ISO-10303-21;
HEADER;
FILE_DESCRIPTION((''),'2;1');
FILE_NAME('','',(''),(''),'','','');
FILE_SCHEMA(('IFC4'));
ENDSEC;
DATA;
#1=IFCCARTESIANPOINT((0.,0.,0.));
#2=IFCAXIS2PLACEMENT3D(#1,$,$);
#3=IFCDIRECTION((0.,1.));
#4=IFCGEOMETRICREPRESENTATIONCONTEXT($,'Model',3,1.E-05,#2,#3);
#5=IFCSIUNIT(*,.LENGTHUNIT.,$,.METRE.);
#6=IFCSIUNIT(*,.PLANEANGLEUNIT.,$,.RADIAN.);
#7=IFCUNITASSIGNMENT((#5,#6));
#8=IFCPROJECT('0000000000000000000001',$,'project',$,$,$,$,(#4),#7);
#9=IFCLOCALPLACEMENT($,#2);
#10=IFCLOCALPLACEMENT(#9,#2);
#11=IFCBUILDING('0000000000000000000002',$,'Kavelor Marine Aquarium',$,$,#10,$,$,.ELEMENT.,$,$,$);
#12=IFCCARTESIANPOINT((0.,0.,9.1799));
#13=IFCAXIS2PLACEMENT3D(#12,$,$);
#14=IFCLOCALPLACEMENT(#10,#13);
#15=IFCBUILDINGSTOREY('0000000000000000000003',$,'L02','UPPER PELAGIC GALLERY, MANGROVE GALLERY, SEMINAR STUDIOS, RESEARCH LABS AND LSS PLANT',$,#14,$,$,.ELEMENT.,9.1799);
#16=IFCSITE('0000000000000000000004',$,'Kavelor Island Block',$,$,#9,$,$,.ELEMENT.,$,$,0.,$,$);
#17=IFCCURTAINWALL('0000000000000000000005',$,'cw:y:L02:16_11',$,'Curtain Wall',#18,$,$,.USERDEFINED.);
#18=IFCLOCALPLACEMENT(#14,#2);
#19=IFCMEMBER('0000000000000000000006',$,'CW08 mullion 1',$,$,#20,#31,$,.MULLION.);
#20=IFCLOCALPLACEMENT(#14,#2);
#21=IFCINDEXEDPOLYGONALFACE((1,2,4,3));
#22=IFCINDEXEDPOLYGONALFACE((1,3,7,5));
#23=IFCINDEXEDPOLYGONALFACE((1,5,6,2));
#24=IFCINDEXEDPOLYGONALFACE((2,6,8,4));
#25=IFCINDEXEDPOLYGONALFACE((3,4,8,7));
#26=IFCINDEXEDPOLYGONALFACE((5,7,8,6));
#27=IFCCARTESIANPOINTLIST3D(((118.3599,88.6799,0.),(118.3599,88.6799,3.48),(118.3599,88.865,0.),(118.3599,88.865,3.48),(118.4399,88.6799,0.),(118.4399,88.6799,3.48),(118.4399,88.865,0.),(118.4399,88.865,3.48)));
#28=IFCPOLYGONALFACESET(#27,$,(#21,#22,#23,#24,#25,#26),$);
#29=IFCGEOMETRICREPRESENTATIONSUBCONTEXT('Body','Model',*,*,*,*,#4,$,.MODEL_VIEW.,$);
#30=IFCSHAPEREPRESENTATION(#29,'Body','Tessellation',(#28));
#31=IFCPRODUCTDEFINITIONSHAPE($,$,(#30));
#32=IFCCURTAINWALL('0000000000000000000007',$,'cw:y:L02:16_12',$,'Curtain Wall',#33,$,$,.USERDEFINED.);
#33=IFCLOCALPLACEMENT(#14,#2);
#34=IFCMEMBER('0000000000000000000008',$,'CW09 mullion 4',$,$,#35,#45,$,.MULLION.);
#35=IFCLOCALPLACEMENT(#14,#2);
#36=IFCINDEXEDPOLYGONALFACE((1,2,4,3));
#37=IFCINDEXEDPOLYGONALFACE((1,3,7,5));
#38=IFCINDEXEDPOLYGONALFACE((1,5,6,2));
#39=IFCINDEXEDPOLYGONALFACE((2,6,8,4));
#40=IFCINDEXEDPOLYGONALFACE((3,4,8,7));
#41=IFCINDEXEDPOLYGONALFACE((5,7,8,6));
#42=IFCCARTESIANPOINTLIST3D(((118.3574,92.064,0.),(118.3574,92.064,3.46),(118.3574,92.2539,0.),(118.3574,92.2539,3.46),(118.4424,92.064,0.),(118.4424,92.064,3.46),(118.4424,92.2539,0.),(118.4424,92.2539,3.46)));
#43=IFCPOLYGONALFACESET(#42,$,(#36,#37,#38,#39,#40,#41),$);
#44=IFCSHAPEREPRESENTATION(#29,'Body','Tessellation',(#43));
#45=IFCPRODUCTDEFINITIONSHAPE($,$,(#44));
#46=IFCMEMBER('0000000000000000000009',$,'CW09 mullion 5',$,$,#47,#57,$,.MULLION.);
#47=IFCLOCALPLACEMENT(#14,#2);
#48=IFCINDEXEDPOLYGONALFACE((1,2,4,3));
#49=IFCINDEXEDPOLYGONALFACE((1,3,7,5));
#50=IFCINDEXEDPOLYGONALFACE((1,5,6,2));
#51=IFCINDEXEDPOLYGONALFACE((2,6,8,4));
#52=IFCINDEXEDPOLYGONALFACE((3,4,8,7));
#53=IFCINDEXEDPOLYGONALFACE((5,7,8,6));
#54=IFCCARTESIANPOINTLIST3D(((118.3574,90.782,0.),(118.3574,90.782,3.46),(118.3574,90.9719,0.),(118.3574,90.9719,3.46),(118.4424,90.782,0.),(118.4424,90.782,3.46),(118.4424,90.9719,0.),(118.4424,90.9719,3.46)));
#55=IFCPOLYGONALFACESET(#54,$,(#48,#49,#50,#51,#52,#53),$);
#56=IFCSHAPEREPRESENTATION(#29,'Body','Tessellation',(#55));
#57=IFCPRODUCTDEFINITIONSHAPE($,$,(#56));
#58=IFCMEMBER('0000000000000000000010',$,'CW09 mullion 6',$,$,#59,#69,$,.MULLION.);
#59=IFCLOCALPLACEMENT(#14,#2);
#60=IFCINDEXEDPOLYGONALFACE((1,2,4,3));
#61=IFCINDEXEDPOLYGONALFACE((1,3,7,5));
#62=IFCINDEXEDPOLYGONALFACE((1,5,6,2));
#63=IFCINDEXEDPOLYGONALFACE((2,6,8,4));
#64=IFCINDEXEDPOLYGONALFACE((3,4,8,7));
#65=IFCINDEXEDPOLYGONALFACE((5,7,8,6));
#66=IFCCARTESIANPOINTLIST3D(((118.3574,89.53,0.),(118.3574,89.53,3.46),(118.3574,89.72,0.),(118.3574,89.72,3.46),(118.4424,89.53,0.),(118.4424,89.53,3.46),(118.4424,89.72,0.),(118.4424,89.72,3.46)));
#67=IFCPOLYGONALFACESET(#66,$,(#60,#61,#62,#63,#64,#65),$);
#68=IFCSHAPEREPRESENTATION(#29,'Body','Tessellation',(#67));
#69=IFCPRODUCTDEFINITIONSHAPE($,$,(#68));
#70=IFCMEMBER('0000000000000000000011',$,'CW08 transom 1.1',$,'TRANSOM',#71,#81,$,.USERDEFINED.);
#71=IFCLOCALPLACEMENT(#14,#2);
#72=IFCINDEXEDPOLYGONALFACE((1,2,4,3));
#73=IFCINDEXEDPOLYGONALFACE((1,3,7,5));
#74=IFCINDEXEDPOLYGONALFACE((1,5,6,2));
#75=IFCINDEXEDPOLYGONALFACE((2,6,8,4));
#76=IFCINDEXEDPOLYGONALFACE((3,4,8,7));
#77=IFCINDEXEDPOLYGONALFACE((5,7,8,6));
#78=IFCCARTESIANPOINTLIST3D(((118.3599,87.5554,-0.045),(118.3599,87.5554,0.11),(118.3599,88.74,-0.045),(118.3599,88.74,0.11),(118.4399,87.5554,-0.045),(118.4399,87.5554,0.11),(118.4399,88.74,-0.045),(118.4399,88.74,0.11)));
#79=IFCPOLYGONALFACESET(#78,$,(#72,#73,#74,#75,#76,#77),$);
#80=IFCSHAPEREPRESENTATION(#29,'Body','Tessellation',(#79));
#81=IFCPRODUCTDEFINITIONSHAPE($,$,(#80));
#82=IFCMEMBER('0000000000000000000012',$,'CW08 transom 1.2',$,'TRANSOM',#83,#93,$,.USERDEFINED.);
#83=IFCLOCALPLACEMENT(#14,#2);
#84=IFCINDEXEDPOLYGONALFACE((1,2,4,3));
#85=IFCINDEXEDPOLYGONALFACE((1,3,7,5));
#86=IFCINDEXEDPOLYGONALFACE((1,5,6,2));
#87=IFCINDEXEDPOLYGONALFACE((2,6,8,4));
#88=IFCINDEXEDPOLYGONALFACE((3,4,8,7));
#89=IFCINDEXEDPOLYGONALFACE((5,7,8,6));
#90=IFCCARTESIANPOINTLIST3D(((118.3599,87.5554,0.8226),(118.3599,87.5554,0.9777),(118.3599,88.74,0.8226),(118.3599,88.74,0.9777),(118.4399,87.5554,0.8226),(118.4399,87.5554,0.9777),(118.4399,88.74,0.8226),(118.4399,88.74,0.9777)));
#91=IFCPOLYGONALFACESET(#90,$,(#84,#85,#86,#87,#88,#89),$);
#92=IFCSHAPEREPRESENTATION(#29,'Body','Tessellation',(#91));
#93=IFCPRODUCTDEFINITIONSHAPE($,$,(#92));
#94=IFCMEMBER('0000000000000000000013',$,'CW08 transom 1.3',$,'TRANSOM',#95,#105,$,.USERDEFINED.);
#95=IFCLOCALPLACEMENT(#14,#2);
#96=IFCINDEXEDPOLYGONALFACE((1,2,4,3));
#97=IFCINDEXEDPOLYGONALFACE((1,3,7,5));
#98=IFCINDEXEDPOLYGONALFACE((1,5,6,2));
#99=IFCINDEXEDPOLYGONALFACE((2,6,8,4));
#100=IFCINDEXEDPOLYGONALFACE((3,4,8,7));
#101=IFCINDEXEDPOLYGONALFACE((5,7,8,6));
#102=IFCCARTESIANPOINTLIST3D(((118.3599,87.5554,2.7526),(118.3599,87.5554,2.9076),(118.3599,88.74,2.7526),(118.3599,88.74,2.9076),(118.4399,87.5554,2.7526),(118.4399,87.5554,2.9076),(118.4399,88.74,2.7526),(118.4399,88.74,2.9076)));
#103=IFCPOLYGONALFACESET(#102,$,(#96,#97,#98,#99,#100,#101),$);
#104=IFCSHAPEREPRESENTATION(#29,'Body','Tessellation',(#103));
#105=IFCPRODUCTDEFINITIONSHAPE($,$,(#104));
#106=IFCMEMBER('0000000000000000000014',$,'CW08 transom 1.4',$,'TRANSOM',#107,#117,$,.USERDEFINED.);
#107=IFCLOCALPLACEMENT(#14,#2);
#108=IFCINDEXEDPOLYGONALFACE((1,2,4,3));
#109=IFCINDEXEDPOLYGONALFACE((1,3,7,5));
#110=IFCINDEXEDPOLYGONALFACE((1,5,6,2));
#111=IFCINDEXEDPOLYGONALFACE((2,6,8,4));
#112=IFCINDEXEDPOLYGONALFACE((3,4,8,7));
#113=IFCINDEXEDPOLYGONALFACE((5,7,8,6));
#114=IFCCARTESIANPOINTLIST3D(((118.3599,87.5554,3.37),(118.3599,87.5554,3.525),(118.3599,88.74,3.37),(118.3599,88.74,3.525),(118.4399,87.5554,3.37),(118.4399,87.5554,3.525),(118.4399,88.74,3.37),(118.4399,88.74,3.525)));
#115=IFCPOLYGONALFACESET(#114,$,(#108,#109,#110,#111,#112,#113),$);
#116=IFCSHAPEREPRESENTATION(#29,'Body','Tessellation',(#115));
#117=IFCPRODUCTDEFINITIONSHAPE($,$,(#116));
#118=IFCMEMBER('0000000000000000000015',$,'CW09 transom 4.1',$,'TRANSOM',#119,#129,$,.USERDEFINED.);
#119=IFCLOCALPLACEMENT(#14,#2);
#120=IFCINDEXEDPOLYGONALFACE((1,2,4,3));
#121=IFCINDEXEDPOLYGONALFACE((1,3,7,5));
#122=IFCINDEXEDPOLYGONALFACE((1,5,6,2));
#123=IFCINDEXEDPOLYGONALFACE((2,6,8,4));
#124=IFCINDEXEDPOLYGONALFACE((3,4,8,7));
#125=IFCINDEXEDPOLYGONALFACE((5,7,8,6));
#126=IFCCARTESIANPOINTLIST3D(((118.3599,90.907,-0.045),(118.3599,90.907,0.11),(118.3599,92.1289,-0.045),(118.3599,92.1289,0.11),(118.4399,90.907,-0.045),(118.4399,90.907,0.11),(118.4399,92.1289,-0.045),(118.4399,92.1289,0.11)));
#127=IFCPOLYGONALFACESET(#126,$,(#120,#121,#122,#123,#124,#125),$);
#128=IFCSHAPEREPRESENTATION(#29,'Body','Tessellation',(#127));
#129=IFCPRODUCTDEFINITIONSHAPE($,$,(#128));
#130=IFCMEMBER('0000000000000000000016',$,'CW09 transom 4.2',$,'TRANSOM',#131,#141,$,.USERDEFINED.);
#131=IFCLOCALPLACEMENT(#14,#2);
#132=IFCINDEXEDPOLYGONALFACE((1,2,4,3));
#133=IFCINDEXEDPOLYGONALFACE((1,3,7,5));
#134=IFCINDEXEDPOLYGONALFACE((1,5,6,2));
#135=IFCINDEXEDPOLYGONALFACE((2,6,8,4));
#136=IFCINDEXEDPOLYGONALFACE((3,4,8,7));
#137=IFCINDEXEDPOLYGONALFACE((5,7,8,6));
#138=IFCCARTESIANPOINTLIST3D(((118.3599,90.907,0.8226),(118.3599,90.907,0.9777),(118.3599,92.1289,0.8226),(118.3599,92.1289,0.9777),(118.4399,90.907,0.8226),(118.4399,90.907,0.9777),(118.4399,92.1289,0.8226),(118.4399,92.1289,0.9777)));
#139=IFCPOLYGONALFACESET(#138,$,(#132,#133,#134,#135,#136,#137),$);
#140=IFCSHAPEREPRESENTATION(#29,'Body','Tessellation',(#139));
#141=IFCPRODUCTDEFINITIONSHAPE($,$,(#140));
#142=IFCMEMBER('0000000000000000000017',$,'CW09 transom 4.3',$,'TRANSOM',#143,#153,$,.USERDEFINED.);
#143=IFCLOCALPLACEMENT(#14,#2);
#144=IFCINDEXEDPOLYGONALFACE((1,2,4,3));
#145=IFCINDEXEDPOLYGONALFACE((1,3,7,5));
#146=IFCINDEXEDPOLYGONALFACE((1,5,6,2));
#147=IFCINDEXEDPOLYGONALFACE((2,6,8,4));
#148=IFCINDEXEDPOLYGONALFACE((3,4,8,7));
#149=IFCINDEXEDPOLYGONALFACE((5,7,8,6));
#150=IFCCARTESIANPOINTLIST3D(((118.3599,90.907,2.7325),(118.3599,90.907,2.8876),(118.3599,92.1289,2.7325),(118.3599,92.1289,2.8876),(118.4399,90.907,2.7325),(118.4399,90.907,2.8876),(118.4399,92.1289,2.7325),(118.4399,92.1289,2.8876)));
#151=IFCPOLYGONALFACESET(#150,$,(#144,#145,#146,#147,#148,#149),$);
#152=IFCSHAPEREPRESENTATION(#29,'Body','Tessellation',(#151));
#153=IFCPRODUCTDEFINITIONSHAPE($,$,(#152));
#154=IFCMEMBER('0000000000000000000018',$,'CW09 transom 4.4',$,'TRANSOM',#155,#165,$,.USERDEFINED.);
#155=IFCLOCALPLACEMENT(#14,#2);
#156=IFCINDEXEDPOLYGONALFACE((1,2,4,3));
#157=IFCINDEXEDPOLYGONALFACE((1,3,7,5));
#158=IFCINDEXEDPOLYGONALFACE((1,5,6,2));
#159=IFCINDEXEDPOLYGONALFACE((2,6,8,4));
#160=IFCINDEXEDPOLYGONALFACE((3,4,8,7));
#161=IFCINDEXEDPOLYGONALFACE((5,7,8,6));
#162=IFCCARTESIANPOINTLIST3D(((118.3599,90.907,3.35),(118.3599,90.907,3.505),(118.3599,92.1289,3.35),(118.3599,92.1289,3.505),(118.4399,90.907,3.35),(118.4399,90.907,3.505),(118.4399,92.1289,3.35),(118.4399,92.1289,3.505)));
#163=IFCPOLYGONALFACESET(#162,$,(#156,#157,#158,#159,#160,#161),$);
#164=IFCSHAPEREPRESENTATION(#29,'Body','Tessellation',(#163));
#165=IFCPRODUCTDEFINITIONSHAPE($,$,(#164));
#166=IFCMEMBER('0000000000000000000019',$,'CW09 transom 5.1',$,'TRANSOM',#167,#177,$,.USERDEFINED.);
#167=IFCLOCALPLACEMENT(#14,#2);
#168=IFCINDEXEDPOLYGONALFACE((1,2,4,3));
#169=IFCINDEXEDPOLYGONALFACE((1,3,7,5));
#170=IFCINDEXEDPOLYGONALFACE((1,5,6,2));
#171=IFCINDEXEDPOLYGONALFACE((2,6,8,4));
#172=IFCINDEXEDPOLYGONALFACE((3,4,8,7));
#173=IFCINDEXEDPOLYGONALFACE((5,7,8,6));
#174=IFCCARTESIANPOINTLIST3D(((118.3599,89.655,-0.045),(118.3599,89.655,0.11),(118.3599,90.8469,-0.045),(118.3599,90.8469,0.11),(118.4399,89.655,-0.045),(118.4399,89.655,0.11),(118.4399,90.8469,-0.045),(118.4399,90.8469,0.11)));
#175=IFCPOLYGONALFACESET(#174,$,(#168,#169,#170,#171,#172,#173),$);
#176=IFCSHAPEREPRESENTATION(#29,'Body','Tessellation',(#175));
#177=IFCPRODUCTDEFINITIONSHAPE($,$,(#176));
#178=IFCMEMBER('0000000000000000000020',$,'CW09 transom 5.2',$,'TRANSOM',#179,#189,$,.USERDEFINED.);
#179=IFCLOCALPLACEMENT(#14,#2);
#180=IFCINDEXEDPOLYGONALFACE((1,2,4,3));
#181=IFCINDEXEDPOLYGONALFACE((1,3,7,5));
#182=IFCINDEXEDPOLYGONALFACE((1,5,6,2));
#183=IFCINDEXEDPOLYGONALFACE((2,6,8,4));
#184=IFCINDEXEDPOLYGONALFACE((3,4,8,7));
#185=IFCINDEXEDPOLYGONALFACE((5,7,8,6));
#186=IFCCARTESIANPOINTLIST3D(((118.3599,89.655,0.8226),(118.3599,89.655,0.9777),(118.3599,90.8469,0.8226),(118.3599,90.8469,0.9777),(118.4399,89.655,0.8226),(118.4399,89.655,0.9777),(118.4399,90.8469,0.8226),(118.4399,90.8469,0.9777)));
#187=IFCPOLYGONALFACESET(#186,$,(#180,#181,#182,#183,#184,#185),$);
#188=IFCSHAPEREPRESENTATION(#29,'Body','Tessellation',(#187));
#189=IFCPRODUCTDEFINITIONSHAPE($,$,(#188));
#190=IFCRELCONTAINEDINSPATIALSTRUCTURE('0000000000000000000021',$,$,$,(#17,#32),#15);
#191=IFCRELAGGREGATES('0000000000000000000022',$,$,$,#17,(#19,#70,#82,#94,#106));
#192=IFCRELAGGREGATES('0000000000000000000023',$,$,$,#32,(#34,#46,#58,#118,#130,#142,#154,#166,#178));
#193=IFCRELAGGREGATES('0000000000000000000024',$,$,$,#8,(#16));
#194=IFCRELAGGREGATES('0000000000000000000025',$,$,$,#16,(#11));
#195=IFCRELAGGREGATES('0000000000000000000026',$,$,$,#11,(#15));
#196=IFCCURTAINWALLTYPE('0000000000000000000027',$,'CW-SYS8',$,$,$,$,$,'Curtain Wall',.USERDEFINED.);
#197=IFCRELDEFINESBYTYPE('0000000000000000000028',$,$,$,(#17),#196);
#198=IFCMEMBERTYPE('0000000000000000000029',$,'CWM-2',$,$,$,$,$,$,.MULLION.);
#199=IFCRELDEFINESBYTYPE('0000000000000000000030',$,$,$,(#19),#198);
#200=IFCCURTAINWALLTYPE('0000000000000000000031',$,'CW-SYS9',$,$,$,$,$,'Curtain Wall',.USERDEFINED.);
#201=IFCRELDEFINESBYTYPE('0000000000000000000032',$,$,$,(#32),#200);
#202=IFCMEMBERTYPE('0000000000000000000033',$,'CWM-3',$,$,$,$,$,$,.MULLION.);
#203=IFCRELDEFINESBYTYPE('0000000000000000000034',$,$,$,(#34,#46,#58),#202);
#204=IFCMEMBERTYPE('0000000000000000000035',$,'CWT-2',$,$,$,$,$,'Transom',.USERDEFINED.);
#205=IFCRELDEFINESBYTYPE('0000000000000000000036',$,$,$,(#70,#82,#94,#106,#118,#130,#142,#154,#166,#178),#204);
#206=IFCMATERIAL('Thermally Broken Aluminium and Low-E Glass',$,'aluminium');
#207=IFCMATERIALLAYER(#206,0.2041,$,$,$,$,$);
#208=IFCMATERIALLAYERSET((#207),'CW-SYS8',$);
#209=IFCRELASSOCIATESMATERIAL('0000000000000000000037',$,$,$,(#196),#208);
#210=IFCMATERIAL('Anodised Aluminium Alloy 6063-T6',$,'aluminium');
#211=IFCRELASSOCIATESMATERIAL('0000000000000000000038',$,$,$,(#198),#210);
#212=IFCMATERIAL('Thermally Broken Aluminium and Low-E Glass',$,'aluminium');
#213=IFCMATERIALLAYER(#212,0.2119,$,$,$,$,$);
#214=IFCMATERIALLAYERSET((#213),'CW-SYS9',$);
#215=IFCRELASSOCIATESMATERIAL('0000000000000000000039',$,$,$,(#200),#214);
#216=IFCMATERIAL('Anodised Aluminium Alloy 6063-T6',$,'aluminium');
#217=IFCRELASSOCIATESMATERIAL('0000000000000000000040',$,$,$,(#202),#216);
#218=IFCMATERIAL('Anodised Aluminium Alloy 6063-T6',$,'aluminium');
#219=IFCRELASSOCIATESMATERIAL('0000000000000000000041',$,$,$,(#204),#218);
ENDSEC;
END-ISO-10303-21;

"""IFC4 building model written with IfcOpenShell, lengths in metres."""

from ifc_helpers import new_model, si_unit, direction, frame, origin, origin_2d, place, context, subcontext, project, spatial, rectangle, extrude, material, layer, layer_set, material_profile, profile_set, type_object, element, aggregate, save


model = new_model("IFC4")

# Units and contexts
model_context = context("Model", 3, precision=1e-05, world=origin(), true_north=direction((0.0, 1.0)))
body_context = subcontext(model_context, "Body", "Model", "MODEL_VIEW")
ifc_project = project(units=[si_unit("LENGTHUNIT", "METRE"), si_unit("PLANEANGLEUNIT", "RADIAN")], contexts=[model_context])

# Site, building, storey
site_placement = place(None, origin())
site = spatial("IfcSite", under=ifc_project, at=site_placement, Name="Kavelor Island Block", CompositionType="ELEMENT", RefElevation=0.0)
building_placement = place(site_placement, origin())
building = spatial("IfcBuilding", under=site, at=building_placement, Name="Kavelor Marine Aquarium", CompositionType="ELEMENT")
storey_placement = place(building_placement, frame((0.0, 0.0, 9.1799)))
storey = spatial("IfcBuildingStorey", under=building, at=storey_placement, Name="L02", Description="UPPER PELAGIC GALLERY, MANGROVE GALLERY, SEMINAR STUDIOS, RESEARCH LABS AND LSS PLANT", CompositionType="ELEMENT", Elevation=9.1799)

# Curtain wall, member
ifc_material_1 = material(Name="Thermally Broken Aluminium and Low-E Glass", Category="aluminium")
ifc_layer_1 = layer(ifc_material_1, 0.2041)
ifc_layer_set_1 = layer_set([ifc_layer_1], Name="CW-SYS8")
curtain_wall_type_1 = type_object("IfcCurtainWallType", Name="CW-SYS8", ElementType="Curtain Wall", PredefinedType="USERDEFINED", material=ifc_layer_set_1)
curtain_wall_1_placement = place(storey_placement, origin())
curtain_wall_1 = element("IfcCurtainWall", 1, at=curtain_wall_1_placement, inside=storey, type_object=curtain_wall_type_1, Name="cw:y:L02:16_11", ObjectType="Curtain Wall", PredefinedType="USERDEFINED")
ifc_material_2 = material(Name="Anodised Aluminium Alloy 6063-T6", Category="aluminium")
ifc_material_profile_1 = material_profile(ifc_material_2, rectangle(XDim=0.0801, YDim=0.1851, at=origin_2d()), Name="CW-MUL 80x185")
ifc_profile_set_1 = profile_set([ifc_material_profile_1], Name="Anodised Aluminium Alloy 6063-T6")
member_type_1 = type_object("IfcMemberType", Name="CWM-2", PredefinedType="MULLION", material=ifc_profile_set_1)
member_1_placement = place(storey_placement, frame((118.3999, 88.7725, 0.0), z_axis=(0.0, 0.0, 1.0), x_axis=(1.0, 0.0, 0.0)))
member_1 = element("IfcMember", 2, at=member_1_placement, type_object=member_type_1, Name="CW08 mullion 1", PredefinedType="MULLION", context=body_context, shape_type="SweptSolid", body=[
    extrude(rectangle(XDim=0.0801, YDim=0.1851, at=origin_2d()), origin(), (0.0, 0.0, 1.0), 3.48),
])

# Curtain wall, members
ifc_material_3 = material(Name="Thermally Broken Aluminium and Low-E Glass", Category="aluminium")
ifc_layer_2 = layer(ifc_material_3, 0.2119)
ifc_layer_set_2 = layer_set([ifc_layer_2], Name="CW-SYS9")
curtain_wall_type_2 = type_object("IfcCurtainWallType", Name="CW-SYS9", ElementType="Curtain Wall", PredefinedType="USERDEFINED", material=ifc_layer_set_2)
curtain_wall_2_placement = place(storey_placement, origin())
curtain_wall_2 = element("IfcCurtainWall", 3, at=curtain_wall_2_placement, inside=storey, type_object=curtain_wall_type_2, Name="cw:y:L02:16_12", ObjectType="Curtain Wall", PredefinedType="USERDEFINED")
ifc_material_4 = material(Name="Anodised Aluminium Alloy 6063-T6", Category="aluminium")
ifc_material_profile_2 = material_profile(ifc_material_4, rectangle(XDim=0.085, YDim=0.1899, at=origin_2d()), Name="CW-MUL 85x190")
ifc_profile_set_2 = profile_set([ifc_material_profile_2], Name="Anodised Aluminium Alloy 6063-T6")
member_type_2 = type_object("IfcMemberType", Name="CWM-3", PredefinedType="MULLION", material=ifc_profile_set_2)
member_2_placement = place(storey_placement, frame((118.3999, 92.1589, 0.0), z_axis=(0.0, 0.0, 1.0), x_axis=(1.0, 0.0, 0.0)))
member_2 = element("IfcMember", 4, at=member_2_placement, type_object=member_type_2, Name="CW09 mullion 4", PredefinedType="MULLION", context=body_context, shape_type="SweptSolid", body=[
    extrude(rectangle(XDim=0.085, YDim=0.1899, at=origin_2d()), origin(), (0.0, 0.0, 1.0), 3.46),
])
member_3_placement = place(storey_placement, frame((118.3999, 90.877, 0.0), z_axis=(0.0, 0.0, 1.0), x_axis=(1.0, 0.0, 0.0)))
member_3 = element("IfcMember", 5, at=member_3_placement, type_object=member_type_2, Name="CW09 mullion 5", PredefinedType="MULLION", context=body_context, shape_type="SweptSolid", body=[
    extrude(rectangle(XDim=0.085, YDim=0.1899, at=origin_2d()), origin(), (0.0, 0.0, 1.0), 3.46),
])
member_4_placement = place(storey_placement, frame((118.3999, 89.625, 0.0), z_axis=(0.0, 0.0, 1.0), x_axis=(1.0, 0.0, 0.0)))
member_4 = element("IfcMember", 6, at=member_4_placement, type_object=member_type_2, Name="CW09 mullion 6", PredefinedType="MULLION", context=body_context, shape_type="SweptSolid", body=[
    extrude(rectangle(XDim=0.085, YDim=0.1899, at=origin_2d()), origin(), (0.0, 0.0, 1.0), 3.46),
])

# Members
ifc_material_5 = material(Name="Anodised Aluminium Alloy 6063-T6", Category="aluminium")
ifc_material_profile_3 = material_profile(ifc_material_5, rectangle(XDim=0.0801, YDim=0.155, at=origin_2d()), Name="CW-TRN 80x155")
ifc_profile_set_3 = profile_set([ifc_material_profile_3], Name="Anodised Aluminium Alloy 6063-T6")
member_type_3 = type_object("IfcMemberType", Name="CWT-2", ElementType="Transom", PredefinedType="USERDEFINED", material=ifc_profile_set_3)
member_5_placement = place(storey_placement, frame((118.3999, 88.74, 0.0325), z_axis=(0.0, -1.0, 0.0), x_axis=(1.0, 0.0, 0.0)))
member_5 = element("IfcMember", 7, at=member_5_placement, type_object=member_type_3, Name="CW08 transom 1.1", ObjectType="TRANSOM", PredefinedType="USERDEFINED", context=body_context, shape_type="SweptSolid", body=[
    extrude(rectangle(XDim=0.0801, YDim=0.155, at=origin_2d()), origin(), (0.0, 0.0, 1.0), 1.1846),
])
member_6_placement = place(storey_placement, frame((118.3999, 88.74, 0.9001), z_axis=(0.0, -1.0, 0.0), x_axis=(1.0, 0.0, 0.0)))
member_6 = element("IfcMember", 8, at=member_6_placement, type_object=member_type_3, Name="CW08 transom 1.2", ObjectType="TRANSOM", PredefinedType="USERDEFINED", context=body_context, shape_type="SweptSolid", body=[
    extrude(rectangle(XDim=0.0801, YDim=0.155, at=origin_2d()), origin(), (0.0, 0.0, 1.0), 1.1846),
])
member_7_placement = place(storey_placement, frame((118.3999, 88.74, 2.8301), z_axis=(0.0, -1.0, 0.0), x_axis=(1.0, 0.0, 0.0)))
member_7 = element("IfcMember", 9, at=member_7_placement, type_object=member_type_3, Name="CW08 transom 1.3", ObjectType="TRANSOM", PredefinedType="USERDEFINED", context=body_context, shape_type="SweptSolid", body=[
    extrude(rectangle(XDim=0.0801, YDim=0.155, at=origin_2d()), origin(), (0.0, 0.0, 1.0), 1.1846),
])
member_8_placement = place(storey_placement, frame((118.3999, 88.74, 3.4475), z_axis=(0.0, -1.0, 0.0), x_axis=(1.0, 0.0, 0.0)))
member_8 = element("IfcMember", 10, at=member_8_placement, type_object=member_type_3, Name="CW08 transom 1.4", ObjectType="TRANSOM", PredefinedType="USERDEFINED", context=body_context, shape_type="SweptSolid", body=[
    extrude(rectangle(XDim=0.0801, YDim=0.155, at=origin_2d()), origin(), (0.0, 0.0, 1.0), 1.1846),
])
member_9_placement = place(storey_placement, frame((118.3999, 92.1289, 0.0325), z_axis=(0.0, -1.0, 0.0), x_axis=(1.0, 0.0, 0.0)))
member_9 = element("IfcMember", 11, at=member_9_placement, type_object=member_type_3, Name="CW09 transom 4.1", ObjectType="TRANSOM", PredefinedType="USERDEFINED", context=body_context, shape_type="SweptSolid", body=[
    extrude(rectangle(XDim=0.0801, YDim=0.155, at=origin_2d()), origin(), (0.0, 0.0, 1.0), 1.2219),
])
member_10_placement = place(storey_placement, frame((118.3999, 92.1289, 0.9001), z_axis=(0.0, -1.0, 0.0), x_axis=(1.0, 0.0, 0.0)))
member_10 = element("IfcMember", 12, at=member_10_placement, type_object=member_type_3, Name="CW09 transom 4.2", ObjectType="TRANSOM", PredefinedType="USERDEFINED", context=body_context, shape_type="SweptSolid", body=[
    extrude(rectangle(XDim=0.0801, YDim=0.155, at=origin_2d()), origin(), (0.0, 0.0, 1.0), 1.2219),
])
member_11_placement = place(storey_placement, frame((118.3999, 92.1289, 2.8101), z_axis=(0.0, -1.0, 0.0), x_axis=(1.0, 0.0, 0.0)))
member_11 = element("IfcMember", 13, at=member_11_placement, type_object=member_type_3, Name="CW09 transom 4.3", ObjectType="TRANSOM", PredefinedType="USERDEFINED", context=body_context, shape_type="SweptSolid", body=[
    extrude(rectangle(XDim=0.0801, YDim=0.155, at=origin_2d()), origin(), (0.0, 0.0, 1.0), 1.2219),
])
member_12_placement = place(storey_placement, frame((118.3999, 92.1289, 3.4275), z_axis=(0.0, -1.0, 0.0), x_axis=(1.0, 0.0, 0.0)))
member_12 = element("IfcMember", 14, at=member_12_placement, type_object=member_type_3, Name="CW09 transom 4.4", ObjectType="TRANSOM", PredefinedType="USERDEFINED", context=body_context, shape_type="SweptSolid", body=[
    extrude(rectangle(XDim=0.0801, YDim=0.155, at=origin_2d()), origin(), (0.0, 0.0, 1.0), 1.2219),
])
member_13_placement = place(storey_placement, frame((118.3999, 90.8469, 0.0325), z_axis=(0.0, -1.0, 0.0), x_axis=(1.0, 0.0, 0.0)))
member_13 = element("IfcMember", 15, at=member_13_placement, type_object=member_type_3, Name="CW09 transom 5.1", ObjectType="TRANSOM", PredefinedType="USERDEFINED", context=body_context, shape_type="SweptSolid", body=[
    extrude(rectangle(XDim=0.0801, YDim=0.155, at=origin_2d()), origin(), (0.0, 0.0, 1.0), 1.1919),
])
member_14_placement = place(storey_placement, frame((118.3999, 90.8469, 0.9001), z_axis=(0.0, -1.0, 0.0), x_axis=(1.0, 0.0, 0.0)))
member_14 = element("IfcMember", 16, at=member_14_placement, type_object=member_type_3, Name="CW09 transom 5.2", ObjectType="TRANSOM", PredefinedType="USERDEFINED", context=body_context, shape_type="SweptSolid", body=[
    extrude(rectangle(XDim=0.0801, YDim=0.155, at=origin_2d()), origin(), (0.0, 0.0, 1.0), 1.1919),
])

aggregate(curtain_wall_1, [member_1, member_5, member_6, member_7, member_8])
aggregate(curtain_wall_2, [member_2, member_3, member_4, member_9, member_10, member_11, member_12, member_13, member_14])

save(model, "model.ifc")
